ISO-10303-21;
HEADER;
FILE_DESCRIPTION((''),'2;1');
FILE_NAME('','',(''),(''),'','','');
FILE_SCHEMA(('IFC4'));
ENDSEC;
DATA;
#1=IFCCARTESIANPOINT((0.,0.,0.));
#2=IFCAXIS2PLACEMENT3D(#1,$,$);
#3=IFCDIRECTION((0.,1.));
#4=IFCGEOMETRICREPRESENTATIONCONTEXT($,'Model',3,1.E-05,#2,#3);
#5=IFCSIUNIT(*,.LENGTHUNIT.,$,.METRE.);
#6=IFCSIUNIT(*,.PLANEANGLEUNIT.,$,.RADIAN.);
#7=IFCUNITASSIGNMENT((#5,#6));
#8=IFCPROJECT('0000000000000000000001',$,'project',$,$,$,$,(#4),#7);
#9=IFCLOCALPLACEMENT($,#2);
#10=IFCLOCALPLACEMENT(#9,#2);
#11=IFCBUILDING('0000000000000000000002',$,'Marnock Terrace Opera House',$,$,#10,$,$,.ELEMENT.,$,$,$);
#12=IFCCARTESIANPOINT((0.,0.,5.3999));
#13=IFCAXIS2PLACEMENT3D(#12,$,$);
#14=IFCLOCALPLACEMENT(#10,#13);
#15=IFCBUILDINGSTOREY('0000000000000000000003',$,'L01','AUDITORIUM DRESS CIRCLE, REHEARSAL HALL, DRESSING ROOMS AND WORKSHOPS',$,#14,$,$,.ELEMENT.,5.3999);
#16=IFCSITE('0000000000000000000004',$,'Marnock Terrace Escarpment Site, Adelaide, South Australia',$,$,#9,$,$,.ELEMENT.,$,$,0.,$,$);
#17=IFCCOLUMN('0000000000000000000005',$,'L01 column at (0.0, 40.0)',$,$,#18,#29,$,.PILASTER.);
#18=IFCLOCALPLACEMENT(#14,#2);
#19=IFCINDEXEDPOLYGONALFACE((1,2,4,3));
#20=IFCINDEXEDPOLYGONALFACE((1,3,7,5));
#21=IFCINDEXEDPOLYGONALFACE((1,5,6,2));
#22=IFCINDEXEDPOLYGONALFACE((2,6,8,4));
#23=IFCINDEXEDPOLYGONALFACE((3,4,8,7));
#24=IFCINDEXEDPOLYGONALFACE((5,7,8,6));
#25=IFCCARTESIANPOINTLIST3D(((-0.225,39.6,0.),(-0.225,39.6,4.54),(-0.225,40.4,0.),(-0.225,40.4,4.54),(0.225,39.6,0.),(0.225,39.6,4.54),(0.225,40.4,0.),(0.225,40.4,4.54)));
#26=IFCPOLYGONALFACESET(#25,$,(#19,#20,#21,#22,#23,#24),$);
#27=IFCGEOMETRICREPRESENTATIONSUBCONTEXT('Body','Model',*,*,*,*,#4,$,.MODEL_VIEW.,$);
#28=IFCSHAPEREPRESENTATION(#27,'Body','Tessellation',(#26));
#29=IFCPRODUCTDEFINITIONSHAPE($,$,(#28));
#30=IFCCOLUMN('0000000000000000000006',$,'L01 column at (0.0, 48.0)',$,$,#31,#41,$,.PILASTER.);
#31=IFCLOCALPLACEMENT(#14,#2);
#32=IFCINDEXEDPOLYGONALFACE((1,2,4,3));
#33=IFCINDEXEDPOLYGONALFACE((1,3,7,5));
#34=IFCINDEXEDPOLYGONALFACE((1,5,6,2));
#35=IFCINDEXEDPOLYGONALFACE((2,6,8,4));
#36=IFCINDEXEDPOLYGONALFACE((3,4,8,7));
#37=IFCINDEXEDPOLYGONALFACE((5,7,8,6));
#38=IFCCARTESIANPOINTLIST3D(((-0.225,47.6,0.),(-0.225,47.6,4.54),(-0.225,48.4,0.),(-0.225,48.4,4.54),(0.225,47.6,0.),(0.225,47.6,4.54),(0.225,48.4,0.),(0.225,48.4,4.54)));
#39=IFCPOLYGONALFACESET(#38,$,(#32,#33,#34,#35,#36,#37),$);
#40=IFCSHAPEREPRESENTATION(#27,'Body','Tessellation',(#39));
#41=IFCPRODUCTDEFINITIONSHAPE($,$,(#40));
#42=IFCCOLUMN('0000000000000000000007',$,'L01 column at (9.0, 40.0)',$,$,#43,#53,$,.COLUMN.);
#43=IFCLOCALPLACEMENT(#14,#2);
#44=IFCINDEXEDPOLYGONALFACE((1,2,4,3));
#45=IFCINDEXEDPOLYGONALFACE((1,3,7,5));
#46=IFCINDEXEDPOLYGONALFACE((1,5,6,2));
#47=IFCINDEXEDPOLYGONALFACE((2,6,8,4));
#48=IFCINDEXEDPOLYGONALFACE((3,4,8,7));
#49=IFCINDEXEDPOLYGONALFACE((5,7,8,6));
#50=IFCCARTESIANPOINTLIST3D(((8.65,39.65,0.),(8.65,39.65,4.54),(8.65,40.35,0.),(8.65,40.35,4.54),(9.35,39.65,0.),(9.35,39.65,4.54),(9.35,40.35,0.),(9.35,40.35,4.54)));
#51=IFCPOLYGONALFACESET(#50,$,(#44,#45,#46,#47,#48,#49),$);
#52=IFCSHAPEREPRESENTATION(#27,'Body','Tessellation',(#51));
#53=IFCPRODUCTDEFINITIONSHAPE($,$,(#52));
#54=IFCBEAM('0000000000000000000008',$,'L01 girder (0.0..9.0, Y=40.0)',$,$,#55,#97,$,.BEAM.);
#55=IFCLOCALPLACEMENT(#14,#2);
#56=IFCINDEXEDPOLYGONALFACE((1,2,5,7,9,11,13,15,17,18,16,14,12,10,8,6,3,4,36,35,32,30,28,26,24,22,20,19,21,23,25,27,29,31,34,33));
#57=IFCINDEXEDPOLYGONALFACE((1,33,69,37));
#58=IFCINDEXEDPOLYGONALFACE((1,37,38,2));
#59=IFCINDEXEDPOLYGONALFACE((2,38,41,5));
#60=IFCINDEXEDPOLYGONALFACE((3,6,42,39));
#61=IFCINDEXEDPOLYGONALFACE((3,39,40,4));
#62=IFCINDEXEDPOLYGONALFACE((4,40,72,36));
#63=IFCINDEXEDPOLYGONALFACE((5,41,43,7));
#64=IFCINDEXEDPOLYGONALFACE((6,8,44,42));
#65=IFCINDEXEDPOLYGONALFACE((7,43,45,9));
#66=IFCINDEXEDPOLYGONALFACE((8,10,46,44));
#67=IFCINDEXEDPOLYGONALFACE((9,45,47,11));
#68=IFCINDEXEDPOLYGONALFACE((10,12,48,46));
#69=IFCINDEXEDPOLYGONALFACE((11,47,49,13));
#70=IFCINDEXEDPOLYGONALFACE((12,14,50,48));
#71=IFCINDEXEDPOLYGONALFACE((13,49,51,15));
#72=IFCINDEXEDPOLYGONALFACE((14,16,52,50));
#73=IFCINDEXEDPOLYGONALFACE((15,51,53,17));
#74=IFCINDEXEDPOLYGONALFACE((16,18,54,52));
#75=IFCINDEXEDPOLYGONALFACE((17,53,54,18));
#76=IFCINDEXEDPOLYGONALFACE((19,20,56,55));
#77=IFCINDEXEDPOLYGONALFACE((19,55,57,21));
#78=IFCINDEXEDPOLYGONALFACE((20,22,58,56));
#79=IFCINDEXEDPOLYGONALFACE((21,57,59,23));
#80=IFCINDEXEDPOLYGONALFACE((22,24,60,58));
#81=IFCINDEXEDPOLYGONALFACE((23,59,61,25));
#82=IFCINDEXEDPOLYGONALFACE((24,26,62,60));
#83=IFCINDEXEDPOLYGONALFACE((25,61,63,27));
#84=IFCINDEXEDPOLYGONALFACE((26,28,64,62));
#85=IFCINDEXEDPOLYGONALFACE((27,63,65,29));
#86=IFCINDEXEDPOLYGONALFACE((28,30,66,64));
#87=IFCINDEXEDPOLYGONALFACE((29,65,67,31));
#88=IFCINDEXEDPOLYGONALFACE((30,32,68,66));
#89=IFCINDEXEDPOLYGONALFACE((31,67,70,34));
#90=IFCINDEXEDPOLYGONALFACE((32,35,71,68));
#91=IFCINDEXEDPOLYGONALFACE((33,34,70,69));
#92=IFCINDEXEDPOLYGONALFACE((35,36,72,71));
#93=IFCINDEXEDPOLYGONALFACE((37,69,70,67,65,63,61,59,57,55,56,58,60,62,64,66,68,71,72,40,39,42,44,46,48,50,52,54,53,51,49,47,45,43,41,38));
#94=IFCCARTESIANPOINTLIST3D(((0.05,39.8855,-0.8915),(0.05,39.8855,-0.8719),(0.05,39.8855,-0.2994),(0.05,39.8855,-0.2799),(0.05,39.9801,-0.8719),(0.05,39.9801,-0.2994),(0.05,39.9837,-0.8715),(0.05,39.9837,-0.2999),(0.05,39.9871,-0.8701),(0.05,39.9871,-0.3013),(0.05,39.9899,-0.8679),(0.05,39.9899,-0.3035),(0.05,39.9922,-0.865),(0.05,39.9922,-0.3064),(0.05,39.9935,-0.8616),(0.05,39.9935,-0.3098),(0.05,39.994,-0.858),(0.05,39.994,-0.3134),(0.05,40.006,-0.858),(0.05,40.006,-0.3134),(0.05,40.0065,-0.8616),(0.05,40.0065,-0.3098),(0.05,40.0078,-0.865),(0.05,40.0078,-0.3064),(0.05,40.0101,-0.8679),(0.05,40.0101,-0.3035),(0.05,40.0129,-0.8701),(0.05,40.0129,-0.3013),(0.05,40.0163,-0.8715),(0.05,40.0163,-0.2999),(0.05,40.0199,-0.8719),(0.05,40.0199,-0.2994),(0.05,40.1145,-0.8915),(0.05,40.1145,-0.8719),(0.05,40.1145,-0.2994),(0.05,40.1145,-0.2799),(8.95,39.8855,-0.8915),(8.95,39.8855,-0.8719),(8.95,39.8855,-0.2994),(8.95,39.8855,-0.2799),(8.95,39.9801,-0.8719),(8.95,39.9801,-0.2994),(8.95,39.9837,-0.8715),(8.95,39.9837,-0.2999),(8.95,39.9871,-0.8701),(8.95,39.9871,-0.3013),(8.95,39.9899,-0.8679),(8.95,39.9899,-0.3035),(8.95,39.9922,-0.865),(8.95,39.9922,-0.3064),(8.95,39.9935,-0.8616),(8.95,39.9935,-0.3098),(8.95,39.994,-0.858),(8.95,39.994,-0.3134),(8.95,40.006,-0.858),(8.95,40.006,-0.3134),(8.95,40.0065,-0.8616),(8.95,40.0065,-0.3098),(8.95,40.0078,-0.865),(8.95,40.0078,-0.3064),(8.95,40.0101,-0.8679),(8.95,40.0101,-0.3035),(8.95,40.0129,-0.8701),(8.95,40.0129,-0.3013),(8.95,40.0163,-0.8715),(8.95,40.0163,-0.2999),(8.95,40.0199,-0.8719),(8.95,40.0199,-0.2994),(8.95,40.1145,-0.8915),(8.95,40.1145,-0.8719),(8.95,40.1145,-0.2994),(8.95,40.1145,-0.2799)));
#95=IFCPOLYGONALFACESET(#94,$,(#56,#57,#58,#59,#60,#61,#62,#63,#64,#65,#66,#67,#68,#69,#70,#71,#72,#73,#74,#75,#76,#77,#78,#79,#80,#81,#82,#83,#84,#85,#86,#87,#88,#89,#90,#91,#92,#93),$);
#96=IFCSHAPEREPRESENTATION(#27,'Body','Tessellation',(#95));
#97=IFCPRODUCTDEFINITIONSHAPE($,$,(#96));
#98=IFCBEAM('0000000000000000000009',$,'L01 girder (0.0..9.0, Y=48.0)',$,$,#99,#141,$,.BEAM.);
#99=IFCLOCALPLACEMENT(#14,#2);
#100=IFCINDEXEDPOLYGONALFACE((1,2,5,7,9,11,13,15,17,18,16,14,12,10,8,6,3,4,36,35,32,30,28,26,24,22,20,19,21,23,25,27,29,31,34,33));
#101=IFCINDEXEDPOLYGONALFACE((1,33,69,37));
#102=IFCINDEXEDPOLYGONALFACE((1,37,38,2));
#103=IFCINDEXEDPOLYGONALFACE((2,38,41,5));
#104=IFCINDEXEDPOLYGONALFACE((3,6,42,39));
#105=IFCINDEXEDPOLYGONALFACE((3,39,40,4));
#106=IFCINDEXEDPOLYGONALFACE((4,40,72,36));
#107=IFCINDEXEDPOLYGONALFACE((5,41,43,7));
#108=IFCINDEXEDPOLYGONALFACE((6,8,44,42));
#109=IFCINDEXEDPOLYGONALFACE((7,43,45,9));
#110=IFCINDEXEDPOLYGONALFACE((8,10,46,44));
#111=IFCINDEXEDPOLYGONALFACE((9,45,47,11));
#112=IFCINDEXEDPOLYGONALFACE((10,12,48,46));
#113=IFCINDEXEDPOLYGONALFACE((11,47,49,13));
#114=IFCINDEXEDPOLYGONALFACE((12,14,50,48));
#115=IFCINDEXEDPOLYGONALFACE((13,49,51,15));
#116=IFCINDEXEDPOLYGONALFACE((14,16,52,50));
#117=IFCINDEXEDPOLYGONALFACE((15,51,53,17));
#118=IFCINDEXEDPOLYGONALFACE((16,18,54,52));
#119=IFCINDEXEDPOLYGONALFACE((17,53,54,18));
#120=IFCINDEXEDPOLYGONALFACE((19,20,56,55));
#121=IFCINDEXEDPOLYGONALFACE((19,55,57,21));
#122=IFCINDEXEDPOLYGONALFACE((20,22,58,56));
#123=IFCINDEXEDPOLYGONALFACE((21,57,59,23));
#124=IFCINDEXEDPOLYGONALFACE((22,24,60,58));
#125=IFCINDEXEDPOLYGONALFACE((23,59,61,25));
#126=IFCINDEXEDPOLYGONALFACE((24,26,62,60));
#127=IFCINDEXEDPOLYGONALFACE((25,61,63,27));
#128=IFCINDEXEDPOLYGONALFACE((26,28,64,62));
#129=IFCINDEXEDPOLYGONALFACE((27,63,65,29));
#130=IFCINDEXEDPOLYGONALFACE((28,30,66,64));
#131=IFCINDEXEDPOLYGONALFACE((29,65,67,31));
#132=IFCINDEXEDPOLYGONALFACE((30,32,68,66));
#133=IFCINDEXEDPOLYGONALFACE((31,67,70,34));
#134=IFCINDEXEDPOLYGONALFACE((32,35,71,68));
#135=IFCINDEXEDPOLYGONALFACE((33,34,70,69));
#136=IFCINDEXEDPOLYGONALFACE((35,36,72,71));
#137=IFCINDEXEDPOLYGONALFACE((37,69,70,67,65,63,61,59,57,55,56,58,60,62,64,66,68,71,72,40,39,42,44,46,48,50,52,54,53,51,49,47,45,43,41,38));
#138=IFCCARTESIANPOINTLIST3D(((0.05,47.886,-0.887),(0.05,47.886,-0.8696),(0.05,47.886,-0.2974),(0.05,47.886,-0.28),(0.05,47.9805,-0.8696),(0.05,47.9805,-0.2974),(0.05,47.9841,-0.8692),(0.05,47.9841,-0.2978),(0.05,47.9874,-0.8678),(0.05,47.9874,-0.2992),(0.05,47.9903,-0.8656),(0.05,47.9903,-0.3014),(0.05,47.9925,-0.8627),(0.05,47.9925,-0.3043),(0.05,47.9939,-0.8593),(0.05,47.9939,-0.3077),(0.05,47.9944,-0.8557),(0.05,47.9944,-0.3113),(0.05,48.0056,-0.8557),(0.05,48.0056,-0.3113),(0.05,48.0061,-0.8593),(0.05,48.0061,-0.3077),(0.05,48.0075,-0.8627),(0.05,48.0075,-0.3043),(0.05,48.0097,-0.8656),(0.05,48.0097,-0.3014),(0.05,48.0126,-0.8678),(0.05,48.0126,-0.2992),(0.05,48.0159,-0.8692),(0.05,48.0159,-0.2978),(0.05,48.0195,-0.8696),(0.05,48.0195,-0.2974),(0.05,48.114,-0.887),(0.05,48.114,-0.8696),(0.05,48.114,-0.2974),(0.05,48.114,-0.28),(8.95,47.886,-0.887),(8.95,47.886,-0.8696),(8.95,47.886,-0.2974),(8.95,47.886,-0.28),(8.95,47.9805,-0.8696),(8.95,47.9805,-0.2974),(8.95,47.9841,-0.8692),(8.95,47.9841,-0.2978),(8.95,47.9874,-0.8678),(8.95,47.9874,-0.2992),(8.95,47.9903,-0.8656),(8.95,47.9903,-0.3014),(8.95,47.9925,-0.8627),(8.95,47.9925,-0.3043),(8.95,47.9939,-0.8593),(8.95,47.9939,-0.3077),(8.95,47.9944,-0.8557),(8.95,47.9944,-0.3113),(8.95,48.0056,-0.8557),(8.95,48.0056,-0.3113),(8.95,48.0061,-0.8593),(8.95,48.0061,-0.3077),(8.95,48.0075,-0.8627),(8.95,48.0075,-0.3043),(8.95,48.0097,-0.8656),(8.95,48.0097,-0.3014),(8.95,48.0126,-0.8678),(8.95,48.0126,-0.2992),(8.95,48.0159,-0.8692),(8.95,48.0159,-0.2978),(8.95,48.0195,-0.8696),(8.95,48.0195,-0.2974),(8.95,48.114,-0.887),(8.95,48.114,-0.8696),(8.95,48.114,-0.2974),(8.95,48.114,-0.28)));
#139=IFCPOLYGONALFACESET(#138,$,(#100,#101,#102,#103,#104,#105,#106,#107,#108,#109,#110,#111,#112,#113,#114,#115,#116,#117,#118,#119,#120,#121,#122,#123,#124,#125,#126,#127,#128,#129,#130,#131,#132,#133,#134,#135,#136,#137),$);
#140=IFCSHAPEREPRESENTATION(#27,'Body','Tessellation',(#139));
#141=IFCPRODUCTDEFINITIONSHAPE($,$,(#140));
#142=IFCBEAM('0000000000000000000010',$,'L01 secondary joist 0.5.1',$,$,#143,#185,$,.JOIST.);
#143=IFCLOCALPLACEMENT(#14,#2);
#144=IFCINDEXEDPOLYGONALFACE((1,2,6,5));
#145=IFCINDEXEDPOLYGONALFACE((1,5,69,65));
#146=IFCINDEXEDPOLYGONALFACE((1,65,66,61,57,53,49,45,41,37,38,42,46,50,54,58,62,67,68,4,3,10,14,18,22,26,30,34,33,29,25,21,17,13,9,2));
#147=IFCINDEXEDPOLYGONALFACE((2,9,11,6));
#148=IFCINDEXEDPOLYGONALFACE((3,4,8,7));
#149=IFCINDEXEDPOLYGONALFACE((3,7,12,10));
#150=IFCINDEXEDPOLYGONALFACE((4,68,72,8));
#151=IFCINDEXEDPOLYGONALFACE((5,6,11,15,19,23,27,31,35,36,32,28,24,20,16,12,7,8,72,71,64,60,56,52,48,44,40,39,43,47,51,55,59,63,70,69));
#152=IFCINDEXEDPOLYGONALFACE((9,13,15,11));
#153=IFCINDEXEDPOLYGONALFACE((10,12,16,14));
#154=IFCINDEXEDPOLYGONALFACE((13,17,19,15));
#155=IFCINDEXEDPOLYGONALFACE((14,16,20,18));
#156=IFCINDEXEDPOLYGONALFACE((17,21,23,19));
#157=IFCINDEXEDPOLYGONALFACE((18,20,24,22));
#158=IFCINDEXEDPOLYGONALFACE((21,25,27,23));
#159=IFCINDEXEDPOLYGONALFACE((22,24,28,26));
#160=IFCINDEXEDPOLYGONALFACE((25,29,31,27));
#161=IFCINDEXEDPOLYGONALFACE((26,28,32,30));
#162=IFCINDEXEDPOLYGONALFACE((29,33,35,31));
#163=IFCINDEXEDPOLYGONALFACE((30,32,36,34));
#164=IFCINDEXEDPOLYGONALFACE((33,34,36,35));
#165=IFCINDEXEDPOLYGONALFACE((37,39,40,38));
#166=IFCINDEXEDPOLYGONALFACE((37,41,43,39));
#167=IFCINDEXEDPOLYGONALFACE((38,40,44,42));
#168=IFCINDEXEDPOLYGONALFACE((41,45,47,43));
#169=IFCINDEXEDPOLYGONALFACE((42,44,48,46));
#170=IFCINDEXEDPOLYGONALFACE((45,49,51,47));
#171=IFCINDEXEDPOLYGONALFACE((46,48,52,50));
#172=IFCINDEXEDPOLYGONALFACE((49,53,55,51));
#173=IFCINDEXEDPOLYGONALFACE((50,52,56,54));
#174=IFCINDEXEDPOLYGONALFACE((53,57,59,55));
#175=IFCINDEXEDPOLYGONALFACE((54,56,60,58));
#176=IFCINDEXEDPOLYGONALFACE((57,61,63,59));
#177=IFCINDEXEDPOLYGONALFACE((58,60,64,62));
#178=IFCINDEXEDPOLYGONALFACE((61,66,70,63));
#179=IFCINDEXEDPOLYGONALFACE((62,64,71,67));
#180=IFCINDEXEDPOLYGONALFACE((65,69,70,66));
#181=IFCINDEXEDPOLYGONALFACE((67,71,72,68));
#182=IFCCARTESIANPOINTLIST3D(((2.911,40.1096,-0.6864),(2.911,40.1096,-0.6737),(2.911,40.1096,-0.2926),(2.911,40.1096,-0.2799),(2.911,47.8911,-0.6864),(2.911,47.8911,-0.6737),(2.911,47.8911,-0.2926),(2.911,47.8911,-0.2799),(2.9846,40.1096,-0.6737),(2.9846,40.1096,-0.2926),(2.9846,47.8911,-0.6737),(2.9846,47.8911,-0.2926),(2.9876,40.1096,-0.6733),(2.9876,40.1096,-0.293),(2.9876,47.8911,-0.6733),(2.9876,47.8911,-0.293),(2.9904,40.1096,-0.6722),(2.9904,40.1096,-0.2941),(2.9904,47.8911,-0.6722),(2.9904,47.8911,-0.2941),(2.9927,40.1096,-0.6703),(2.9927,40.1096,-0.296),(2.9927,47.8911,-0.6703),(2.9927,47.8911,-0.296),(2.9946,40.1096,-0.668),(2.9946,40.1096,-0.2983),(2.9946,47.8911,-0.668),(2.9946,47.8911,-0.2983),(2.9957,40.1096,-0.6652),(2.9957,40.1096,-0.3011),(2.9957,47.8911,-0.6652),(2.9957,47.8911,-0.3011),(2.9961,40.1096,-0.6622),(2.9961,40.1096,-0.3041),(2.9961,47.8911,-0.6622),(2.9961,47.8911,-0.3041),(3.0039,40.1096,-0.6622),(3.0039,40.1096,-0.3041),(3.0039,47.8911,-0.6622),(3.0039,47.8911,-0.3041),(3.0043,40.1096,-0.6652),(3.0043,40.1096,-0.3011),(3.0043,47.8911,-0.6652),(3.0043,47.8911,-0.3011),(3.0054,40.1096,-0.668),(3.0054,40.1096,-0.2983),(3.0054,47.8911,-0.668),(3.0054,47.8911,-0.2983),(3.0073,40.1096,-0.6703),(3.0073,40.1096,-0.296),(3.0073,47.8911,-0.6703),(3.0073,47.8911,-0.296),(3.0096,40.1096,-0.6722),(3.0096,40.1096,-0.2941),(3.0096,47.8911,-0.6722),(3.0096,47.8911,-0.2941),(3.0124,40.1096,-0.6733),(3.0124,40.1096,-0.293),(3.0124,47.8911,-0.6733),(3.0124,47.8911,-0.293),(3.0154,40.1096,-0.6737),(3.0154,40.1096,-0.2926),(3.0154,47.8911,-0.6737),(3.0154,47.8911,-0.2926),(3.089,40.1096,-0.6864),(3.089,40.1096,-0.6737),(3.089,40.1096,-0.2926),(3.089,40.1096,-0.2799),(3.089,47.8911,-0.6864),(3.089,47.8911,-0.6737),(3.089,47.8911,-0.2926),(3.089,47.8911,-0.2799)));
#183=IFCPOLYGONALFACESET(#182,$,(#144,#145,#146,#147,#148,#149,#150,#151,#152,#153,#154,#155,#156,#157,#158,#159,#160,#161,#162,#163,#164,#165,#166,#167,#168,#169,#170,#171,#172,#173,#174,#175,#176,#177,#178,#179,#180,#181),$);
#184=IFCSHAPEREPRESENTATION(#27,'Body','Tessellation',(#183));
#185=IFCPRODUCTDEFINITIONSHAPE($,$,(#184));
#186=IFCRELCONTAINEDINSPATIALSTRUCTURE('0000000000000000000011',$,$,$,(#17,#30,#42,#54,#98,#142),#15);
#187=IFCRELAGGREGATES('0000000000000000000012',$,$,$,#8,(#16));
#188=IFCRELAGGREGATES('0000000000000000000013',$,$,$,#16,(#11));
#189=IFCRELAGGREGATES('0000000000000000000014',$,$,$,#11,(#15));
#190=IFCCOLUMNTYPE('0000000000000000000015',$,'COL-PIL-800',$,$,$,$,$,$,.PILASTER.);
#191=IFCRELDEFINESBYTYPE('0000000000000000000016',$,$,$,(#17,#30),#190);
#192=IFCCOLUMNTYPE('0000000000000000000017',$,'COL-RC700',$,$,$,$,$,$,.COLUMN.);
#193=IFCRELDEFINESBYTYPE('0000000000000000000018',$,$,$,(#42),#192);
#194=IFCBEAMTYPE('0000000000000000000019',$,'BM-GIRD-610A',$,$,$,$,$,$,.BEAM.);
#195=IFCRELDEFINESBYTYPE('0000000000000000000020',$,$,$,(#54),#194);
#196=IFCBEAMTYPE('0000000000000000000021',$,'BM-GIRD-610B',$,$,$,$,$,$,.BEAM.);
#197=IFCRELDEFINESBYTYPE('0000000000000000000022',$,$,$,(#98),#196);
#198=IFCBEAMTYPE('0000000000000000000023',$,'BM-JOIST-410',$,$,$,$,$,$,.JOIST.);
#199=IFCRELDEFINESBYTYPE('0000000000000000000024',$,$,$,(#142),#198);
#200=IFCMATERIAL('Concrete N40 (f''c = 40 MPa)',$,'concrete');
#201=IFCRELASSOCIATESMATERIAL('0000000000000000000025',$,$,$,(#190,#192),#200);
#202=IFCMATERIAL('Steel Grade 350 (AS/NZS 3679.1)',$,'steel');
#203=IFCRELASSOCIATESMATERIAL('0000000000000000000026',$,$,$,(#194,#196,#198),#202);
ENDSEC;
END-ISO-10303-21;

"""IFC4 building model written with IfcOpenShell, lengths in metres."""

from ifc_helpers import new_model, si_unit, direction, frame, origin, origin_2d, place, context, subcontext, project, spatial, rectangle, i_section, extrude, material, material_profile, profile_set, type_object, element, save


model = new_model("IFC4")

# Units and contexts
model_context = context("Model", 3, precision=1e-05, world=origin(), true_north=direction((0.0, 1.0)))
body_context = subcontext(model_context, "Body", "Model", "MODEL_VIEW")
ifc_project = project(units=[si_unit("LENGTHUNIT", "METRE"), si_unit("PLANEANGLEUNIT", "RADIAN")], contexts=[model_context])

# Site, building, storey
site_placement = place(None, origin())
site = spatial("IfcSite", under=ifc_project, at=site_placement, Name="Marnock Terrace Escarpment Site, Adelaide, South Australia", CompositionType="ELEMENT", RefElevation=0.0)
building_placement = place(site_placement, origin())
building = spatial("IfcBuilding", under=site, at=building_placement, Name="Marnock Terrace Opera House", CompositionType="ELEMENT")
storey_placement = place(building_placement, frame((0.0, 0.0, 5.3999)))
storey = spatial("IfcBuildingStorey", under=building, at=storey_placement, Name="L01", Description="AUDITORIUM DRESS CIRCLE, REHEARSAL HALL, DRESSING ROOMS AND WORKSHOPS", CompositionType="ELEMENT", Elevation=5.3999)

# Columns
ifc_material_1 = material(Name="Concrete N40 (f'c = 40 MPa)", Category="concrete")
ifc_material_profile_1 = material_profile(ifc_material_1, rectangle(XDim=0.45, YDim=0.8, at=origin_2d()))
ifc_profile_set_1 = profile_set([ifc_material_profile_1], Name="Concrete N40 (f'c = 40 MPa)")
column_type_1 = type_object("IfcColumnType", Name="COL-PIL-800", PredefinedType="PILASTER", material=ifc_profile_set_1)
for number, where, z_axis, x_axis, name in (
    (1, (0.0, 40.0, 0.0), (0.0, 0.0, 1.0), (1.0, 0.0, 0.0), "L01 column at (0.0, 40.0)"),
    (2, (0.0, 48.0, 0.0), (0.0, 0.0, 1.0), (1.0, 0.0, 0.0), "L01 column at (0.0, 48.0)"),
):
    element("IfcColumn", number, at=place(storey_placement, frame(where, z_axis=z_axis, x_axis=x_axis)), inside=storey, type_object=column_type_1, Name=name, PredefinedType="PILASTER", context=body_context, shape_type="SweptSolid", body=[
        extrude(rectangle(XDim=0.45, YDim=0.8, at=origin_2d()), origin(), (0.0, 0.0, 1.0), 4.54),
    ])
ifc_material_profile_2 = material_profile(ifc_material_1, rectangle(XDim=0.7, YDim=0.7, at=origin_2d()))
ifc_profile_set_2 = profile_set([ifc_material_profile_2], Name="Concrete N40 (f'c = 40 MPa)")
column_type_2 = type_object("IfcColumnType", Name="COL-RC700", PredefinedType="COLUMN", material=ifc_profile_set_2)
column_placement = place(storey_placement, frame((9.0, 40.0, 0.0), z_axis=(0.0, 0.0, 1.0), x_axis=(1.0, 0.0, 0.0)))
element("IfcColumn", 3, at=column_placement, inside=storey, type_object=column_type_2, Name="L01 column at (9.0, 40.0)", PredefinedType="COLUMN", context=body_context, shape_type="SweptSolid", body=[
    extrude(rectangle(XDim=0.7, YDim=0.7, at=origin_2d()), origin(), (0.0, 0.0, 1.0), 4.54),
])

# Beams
ifc_material_2 = material(Name="Steel Grade 350 (AS/NZS 3679.1)", Category="steel")
ifc_material_profile_3 = material_profile(ifc_material_2, i_section(OverallWidth=0.229, OverallDepth=0.6116, WebThickness=0.012, FlangeThickness=0.0195, FilletRadius=0.0139, at=origin_2d()))
ifc_profile_set_3 = profile_set([ifc_material_profile_3], Name="Steel Grade 350 (AS/NZS 3679.1)")
beam_type_1 = type_object("IfcBeamType", Name="BM-GIRD-610A", PredefinedType="BEAM", material=ifc_profile_set_3)
beam_1_placement = place(storey_placement, frame((0.05, 40.0, -0.5857), z_axis=(1.0, 0.0, 0.0), x_axis=(0.0, 1.0, 0.0)))
element("IfcBeam", 4, at=beam_1_placement, inside=storey, type_object=beam_type_1, Name="L01 girder (0.0..9.0, Y=40.0)", PredefinedType="BEAM", context=body_context, shape_type="SweptSolid", body=[
    extrude(i_section(OverallWidth=0.229, OverallDepth=0.6116, WebThickness=0.012, FlangeThickness=0.0195, FilletRadius=0.0139, at=origin_2d()), origin(), (0.0, 0.0, 1.0), 8.8999),
])
ifc_material_profile_4 = material_profile(ifc_material_2, i_section(OverallWidth=0.228, OverallDepth=0.6069, WebThickness=0.0112, FlangeThickness=0.0173, FilletRadius=0.0139, at=origin_2d()))
ifc_profile_set_4 = profile_set([ifc_material_profile_4], Name="Steel Grade 350 (AS/NZS 3679.1)")
beam_type_2 = type_object("IfcBeamType", Name="BM-GIRD-610B", PredefinedType="BEAM", material=ifc_profile_set_4)
beam_2_placement = place(storey_placement, frame((0.05, 48.0, -0.5835), z_axis=(1.0, 0.0, 0.0), x_axis=(0.0, 1.0, 0.0)))
element("IfcBeam", 5, at=beam_2_placement, inside=storey, type_object=beam_type_2, Name="L01 girder (0.0..9.0, Y=48.0)", PredefinedType="BEAM", context=body_context, shape_type="SweptSolid", body=[
    extrude(i_section(OverallWidth=0.228, OverallDepth=0.6069, WebThickness=0.0112, FlangeThickness=0.0173, FilletRadius=0.0139, at=origin_2d()), origin(), (0.0, 0.0, 1.0), 8.8999),
])
ifc_material_profile_5 = material_profile(ifc_material_2, i_section(OverallWidth=0.178, OverallDepth=0.4065, WebThickness=0.0078, FlangeThickness=0.0127, FilletRadius=0.0115, at=origin_2d()))
ifc_profile_set_5 = profile_set([ifc_material_profile_5], Name="Steel Grade 350 (AS/NZS 3679.1)")
beam_type_3 = type_object("IfcBeamType", Name="BM-JOIST-410", PredefinedType="JOIST", material=ifc_profile_set_5)
for number, where, z_axis, x_axis, name in (
    (6, (3.0, 40.1096, -0.4832), (0.0, 1.0, 0.0), (-1.0, 0.0, 0.0), "L01 secondary joist 0.5.1"),
):
    element("IfcBeam", number, at=place(storey_placement, frame(where, z_axis=z_axis, x_axis=x_axis)), inside=storey, type_object=beam_type_3, Name=name, PredefinedType="JOIST", context=body_context, shape_type="SweptSolid", body=[
        extrude(i_section(OverallWidth=0.178, OverallDepth=0.4065, WebThickness=0.0078, FlangeThickness=0.0127, FilletRadius=0.0115, at=origin_2d()), origin(), (0.0, 0.0, 1.0), 7.7815),
    ])

save(model, "model.ifc")
